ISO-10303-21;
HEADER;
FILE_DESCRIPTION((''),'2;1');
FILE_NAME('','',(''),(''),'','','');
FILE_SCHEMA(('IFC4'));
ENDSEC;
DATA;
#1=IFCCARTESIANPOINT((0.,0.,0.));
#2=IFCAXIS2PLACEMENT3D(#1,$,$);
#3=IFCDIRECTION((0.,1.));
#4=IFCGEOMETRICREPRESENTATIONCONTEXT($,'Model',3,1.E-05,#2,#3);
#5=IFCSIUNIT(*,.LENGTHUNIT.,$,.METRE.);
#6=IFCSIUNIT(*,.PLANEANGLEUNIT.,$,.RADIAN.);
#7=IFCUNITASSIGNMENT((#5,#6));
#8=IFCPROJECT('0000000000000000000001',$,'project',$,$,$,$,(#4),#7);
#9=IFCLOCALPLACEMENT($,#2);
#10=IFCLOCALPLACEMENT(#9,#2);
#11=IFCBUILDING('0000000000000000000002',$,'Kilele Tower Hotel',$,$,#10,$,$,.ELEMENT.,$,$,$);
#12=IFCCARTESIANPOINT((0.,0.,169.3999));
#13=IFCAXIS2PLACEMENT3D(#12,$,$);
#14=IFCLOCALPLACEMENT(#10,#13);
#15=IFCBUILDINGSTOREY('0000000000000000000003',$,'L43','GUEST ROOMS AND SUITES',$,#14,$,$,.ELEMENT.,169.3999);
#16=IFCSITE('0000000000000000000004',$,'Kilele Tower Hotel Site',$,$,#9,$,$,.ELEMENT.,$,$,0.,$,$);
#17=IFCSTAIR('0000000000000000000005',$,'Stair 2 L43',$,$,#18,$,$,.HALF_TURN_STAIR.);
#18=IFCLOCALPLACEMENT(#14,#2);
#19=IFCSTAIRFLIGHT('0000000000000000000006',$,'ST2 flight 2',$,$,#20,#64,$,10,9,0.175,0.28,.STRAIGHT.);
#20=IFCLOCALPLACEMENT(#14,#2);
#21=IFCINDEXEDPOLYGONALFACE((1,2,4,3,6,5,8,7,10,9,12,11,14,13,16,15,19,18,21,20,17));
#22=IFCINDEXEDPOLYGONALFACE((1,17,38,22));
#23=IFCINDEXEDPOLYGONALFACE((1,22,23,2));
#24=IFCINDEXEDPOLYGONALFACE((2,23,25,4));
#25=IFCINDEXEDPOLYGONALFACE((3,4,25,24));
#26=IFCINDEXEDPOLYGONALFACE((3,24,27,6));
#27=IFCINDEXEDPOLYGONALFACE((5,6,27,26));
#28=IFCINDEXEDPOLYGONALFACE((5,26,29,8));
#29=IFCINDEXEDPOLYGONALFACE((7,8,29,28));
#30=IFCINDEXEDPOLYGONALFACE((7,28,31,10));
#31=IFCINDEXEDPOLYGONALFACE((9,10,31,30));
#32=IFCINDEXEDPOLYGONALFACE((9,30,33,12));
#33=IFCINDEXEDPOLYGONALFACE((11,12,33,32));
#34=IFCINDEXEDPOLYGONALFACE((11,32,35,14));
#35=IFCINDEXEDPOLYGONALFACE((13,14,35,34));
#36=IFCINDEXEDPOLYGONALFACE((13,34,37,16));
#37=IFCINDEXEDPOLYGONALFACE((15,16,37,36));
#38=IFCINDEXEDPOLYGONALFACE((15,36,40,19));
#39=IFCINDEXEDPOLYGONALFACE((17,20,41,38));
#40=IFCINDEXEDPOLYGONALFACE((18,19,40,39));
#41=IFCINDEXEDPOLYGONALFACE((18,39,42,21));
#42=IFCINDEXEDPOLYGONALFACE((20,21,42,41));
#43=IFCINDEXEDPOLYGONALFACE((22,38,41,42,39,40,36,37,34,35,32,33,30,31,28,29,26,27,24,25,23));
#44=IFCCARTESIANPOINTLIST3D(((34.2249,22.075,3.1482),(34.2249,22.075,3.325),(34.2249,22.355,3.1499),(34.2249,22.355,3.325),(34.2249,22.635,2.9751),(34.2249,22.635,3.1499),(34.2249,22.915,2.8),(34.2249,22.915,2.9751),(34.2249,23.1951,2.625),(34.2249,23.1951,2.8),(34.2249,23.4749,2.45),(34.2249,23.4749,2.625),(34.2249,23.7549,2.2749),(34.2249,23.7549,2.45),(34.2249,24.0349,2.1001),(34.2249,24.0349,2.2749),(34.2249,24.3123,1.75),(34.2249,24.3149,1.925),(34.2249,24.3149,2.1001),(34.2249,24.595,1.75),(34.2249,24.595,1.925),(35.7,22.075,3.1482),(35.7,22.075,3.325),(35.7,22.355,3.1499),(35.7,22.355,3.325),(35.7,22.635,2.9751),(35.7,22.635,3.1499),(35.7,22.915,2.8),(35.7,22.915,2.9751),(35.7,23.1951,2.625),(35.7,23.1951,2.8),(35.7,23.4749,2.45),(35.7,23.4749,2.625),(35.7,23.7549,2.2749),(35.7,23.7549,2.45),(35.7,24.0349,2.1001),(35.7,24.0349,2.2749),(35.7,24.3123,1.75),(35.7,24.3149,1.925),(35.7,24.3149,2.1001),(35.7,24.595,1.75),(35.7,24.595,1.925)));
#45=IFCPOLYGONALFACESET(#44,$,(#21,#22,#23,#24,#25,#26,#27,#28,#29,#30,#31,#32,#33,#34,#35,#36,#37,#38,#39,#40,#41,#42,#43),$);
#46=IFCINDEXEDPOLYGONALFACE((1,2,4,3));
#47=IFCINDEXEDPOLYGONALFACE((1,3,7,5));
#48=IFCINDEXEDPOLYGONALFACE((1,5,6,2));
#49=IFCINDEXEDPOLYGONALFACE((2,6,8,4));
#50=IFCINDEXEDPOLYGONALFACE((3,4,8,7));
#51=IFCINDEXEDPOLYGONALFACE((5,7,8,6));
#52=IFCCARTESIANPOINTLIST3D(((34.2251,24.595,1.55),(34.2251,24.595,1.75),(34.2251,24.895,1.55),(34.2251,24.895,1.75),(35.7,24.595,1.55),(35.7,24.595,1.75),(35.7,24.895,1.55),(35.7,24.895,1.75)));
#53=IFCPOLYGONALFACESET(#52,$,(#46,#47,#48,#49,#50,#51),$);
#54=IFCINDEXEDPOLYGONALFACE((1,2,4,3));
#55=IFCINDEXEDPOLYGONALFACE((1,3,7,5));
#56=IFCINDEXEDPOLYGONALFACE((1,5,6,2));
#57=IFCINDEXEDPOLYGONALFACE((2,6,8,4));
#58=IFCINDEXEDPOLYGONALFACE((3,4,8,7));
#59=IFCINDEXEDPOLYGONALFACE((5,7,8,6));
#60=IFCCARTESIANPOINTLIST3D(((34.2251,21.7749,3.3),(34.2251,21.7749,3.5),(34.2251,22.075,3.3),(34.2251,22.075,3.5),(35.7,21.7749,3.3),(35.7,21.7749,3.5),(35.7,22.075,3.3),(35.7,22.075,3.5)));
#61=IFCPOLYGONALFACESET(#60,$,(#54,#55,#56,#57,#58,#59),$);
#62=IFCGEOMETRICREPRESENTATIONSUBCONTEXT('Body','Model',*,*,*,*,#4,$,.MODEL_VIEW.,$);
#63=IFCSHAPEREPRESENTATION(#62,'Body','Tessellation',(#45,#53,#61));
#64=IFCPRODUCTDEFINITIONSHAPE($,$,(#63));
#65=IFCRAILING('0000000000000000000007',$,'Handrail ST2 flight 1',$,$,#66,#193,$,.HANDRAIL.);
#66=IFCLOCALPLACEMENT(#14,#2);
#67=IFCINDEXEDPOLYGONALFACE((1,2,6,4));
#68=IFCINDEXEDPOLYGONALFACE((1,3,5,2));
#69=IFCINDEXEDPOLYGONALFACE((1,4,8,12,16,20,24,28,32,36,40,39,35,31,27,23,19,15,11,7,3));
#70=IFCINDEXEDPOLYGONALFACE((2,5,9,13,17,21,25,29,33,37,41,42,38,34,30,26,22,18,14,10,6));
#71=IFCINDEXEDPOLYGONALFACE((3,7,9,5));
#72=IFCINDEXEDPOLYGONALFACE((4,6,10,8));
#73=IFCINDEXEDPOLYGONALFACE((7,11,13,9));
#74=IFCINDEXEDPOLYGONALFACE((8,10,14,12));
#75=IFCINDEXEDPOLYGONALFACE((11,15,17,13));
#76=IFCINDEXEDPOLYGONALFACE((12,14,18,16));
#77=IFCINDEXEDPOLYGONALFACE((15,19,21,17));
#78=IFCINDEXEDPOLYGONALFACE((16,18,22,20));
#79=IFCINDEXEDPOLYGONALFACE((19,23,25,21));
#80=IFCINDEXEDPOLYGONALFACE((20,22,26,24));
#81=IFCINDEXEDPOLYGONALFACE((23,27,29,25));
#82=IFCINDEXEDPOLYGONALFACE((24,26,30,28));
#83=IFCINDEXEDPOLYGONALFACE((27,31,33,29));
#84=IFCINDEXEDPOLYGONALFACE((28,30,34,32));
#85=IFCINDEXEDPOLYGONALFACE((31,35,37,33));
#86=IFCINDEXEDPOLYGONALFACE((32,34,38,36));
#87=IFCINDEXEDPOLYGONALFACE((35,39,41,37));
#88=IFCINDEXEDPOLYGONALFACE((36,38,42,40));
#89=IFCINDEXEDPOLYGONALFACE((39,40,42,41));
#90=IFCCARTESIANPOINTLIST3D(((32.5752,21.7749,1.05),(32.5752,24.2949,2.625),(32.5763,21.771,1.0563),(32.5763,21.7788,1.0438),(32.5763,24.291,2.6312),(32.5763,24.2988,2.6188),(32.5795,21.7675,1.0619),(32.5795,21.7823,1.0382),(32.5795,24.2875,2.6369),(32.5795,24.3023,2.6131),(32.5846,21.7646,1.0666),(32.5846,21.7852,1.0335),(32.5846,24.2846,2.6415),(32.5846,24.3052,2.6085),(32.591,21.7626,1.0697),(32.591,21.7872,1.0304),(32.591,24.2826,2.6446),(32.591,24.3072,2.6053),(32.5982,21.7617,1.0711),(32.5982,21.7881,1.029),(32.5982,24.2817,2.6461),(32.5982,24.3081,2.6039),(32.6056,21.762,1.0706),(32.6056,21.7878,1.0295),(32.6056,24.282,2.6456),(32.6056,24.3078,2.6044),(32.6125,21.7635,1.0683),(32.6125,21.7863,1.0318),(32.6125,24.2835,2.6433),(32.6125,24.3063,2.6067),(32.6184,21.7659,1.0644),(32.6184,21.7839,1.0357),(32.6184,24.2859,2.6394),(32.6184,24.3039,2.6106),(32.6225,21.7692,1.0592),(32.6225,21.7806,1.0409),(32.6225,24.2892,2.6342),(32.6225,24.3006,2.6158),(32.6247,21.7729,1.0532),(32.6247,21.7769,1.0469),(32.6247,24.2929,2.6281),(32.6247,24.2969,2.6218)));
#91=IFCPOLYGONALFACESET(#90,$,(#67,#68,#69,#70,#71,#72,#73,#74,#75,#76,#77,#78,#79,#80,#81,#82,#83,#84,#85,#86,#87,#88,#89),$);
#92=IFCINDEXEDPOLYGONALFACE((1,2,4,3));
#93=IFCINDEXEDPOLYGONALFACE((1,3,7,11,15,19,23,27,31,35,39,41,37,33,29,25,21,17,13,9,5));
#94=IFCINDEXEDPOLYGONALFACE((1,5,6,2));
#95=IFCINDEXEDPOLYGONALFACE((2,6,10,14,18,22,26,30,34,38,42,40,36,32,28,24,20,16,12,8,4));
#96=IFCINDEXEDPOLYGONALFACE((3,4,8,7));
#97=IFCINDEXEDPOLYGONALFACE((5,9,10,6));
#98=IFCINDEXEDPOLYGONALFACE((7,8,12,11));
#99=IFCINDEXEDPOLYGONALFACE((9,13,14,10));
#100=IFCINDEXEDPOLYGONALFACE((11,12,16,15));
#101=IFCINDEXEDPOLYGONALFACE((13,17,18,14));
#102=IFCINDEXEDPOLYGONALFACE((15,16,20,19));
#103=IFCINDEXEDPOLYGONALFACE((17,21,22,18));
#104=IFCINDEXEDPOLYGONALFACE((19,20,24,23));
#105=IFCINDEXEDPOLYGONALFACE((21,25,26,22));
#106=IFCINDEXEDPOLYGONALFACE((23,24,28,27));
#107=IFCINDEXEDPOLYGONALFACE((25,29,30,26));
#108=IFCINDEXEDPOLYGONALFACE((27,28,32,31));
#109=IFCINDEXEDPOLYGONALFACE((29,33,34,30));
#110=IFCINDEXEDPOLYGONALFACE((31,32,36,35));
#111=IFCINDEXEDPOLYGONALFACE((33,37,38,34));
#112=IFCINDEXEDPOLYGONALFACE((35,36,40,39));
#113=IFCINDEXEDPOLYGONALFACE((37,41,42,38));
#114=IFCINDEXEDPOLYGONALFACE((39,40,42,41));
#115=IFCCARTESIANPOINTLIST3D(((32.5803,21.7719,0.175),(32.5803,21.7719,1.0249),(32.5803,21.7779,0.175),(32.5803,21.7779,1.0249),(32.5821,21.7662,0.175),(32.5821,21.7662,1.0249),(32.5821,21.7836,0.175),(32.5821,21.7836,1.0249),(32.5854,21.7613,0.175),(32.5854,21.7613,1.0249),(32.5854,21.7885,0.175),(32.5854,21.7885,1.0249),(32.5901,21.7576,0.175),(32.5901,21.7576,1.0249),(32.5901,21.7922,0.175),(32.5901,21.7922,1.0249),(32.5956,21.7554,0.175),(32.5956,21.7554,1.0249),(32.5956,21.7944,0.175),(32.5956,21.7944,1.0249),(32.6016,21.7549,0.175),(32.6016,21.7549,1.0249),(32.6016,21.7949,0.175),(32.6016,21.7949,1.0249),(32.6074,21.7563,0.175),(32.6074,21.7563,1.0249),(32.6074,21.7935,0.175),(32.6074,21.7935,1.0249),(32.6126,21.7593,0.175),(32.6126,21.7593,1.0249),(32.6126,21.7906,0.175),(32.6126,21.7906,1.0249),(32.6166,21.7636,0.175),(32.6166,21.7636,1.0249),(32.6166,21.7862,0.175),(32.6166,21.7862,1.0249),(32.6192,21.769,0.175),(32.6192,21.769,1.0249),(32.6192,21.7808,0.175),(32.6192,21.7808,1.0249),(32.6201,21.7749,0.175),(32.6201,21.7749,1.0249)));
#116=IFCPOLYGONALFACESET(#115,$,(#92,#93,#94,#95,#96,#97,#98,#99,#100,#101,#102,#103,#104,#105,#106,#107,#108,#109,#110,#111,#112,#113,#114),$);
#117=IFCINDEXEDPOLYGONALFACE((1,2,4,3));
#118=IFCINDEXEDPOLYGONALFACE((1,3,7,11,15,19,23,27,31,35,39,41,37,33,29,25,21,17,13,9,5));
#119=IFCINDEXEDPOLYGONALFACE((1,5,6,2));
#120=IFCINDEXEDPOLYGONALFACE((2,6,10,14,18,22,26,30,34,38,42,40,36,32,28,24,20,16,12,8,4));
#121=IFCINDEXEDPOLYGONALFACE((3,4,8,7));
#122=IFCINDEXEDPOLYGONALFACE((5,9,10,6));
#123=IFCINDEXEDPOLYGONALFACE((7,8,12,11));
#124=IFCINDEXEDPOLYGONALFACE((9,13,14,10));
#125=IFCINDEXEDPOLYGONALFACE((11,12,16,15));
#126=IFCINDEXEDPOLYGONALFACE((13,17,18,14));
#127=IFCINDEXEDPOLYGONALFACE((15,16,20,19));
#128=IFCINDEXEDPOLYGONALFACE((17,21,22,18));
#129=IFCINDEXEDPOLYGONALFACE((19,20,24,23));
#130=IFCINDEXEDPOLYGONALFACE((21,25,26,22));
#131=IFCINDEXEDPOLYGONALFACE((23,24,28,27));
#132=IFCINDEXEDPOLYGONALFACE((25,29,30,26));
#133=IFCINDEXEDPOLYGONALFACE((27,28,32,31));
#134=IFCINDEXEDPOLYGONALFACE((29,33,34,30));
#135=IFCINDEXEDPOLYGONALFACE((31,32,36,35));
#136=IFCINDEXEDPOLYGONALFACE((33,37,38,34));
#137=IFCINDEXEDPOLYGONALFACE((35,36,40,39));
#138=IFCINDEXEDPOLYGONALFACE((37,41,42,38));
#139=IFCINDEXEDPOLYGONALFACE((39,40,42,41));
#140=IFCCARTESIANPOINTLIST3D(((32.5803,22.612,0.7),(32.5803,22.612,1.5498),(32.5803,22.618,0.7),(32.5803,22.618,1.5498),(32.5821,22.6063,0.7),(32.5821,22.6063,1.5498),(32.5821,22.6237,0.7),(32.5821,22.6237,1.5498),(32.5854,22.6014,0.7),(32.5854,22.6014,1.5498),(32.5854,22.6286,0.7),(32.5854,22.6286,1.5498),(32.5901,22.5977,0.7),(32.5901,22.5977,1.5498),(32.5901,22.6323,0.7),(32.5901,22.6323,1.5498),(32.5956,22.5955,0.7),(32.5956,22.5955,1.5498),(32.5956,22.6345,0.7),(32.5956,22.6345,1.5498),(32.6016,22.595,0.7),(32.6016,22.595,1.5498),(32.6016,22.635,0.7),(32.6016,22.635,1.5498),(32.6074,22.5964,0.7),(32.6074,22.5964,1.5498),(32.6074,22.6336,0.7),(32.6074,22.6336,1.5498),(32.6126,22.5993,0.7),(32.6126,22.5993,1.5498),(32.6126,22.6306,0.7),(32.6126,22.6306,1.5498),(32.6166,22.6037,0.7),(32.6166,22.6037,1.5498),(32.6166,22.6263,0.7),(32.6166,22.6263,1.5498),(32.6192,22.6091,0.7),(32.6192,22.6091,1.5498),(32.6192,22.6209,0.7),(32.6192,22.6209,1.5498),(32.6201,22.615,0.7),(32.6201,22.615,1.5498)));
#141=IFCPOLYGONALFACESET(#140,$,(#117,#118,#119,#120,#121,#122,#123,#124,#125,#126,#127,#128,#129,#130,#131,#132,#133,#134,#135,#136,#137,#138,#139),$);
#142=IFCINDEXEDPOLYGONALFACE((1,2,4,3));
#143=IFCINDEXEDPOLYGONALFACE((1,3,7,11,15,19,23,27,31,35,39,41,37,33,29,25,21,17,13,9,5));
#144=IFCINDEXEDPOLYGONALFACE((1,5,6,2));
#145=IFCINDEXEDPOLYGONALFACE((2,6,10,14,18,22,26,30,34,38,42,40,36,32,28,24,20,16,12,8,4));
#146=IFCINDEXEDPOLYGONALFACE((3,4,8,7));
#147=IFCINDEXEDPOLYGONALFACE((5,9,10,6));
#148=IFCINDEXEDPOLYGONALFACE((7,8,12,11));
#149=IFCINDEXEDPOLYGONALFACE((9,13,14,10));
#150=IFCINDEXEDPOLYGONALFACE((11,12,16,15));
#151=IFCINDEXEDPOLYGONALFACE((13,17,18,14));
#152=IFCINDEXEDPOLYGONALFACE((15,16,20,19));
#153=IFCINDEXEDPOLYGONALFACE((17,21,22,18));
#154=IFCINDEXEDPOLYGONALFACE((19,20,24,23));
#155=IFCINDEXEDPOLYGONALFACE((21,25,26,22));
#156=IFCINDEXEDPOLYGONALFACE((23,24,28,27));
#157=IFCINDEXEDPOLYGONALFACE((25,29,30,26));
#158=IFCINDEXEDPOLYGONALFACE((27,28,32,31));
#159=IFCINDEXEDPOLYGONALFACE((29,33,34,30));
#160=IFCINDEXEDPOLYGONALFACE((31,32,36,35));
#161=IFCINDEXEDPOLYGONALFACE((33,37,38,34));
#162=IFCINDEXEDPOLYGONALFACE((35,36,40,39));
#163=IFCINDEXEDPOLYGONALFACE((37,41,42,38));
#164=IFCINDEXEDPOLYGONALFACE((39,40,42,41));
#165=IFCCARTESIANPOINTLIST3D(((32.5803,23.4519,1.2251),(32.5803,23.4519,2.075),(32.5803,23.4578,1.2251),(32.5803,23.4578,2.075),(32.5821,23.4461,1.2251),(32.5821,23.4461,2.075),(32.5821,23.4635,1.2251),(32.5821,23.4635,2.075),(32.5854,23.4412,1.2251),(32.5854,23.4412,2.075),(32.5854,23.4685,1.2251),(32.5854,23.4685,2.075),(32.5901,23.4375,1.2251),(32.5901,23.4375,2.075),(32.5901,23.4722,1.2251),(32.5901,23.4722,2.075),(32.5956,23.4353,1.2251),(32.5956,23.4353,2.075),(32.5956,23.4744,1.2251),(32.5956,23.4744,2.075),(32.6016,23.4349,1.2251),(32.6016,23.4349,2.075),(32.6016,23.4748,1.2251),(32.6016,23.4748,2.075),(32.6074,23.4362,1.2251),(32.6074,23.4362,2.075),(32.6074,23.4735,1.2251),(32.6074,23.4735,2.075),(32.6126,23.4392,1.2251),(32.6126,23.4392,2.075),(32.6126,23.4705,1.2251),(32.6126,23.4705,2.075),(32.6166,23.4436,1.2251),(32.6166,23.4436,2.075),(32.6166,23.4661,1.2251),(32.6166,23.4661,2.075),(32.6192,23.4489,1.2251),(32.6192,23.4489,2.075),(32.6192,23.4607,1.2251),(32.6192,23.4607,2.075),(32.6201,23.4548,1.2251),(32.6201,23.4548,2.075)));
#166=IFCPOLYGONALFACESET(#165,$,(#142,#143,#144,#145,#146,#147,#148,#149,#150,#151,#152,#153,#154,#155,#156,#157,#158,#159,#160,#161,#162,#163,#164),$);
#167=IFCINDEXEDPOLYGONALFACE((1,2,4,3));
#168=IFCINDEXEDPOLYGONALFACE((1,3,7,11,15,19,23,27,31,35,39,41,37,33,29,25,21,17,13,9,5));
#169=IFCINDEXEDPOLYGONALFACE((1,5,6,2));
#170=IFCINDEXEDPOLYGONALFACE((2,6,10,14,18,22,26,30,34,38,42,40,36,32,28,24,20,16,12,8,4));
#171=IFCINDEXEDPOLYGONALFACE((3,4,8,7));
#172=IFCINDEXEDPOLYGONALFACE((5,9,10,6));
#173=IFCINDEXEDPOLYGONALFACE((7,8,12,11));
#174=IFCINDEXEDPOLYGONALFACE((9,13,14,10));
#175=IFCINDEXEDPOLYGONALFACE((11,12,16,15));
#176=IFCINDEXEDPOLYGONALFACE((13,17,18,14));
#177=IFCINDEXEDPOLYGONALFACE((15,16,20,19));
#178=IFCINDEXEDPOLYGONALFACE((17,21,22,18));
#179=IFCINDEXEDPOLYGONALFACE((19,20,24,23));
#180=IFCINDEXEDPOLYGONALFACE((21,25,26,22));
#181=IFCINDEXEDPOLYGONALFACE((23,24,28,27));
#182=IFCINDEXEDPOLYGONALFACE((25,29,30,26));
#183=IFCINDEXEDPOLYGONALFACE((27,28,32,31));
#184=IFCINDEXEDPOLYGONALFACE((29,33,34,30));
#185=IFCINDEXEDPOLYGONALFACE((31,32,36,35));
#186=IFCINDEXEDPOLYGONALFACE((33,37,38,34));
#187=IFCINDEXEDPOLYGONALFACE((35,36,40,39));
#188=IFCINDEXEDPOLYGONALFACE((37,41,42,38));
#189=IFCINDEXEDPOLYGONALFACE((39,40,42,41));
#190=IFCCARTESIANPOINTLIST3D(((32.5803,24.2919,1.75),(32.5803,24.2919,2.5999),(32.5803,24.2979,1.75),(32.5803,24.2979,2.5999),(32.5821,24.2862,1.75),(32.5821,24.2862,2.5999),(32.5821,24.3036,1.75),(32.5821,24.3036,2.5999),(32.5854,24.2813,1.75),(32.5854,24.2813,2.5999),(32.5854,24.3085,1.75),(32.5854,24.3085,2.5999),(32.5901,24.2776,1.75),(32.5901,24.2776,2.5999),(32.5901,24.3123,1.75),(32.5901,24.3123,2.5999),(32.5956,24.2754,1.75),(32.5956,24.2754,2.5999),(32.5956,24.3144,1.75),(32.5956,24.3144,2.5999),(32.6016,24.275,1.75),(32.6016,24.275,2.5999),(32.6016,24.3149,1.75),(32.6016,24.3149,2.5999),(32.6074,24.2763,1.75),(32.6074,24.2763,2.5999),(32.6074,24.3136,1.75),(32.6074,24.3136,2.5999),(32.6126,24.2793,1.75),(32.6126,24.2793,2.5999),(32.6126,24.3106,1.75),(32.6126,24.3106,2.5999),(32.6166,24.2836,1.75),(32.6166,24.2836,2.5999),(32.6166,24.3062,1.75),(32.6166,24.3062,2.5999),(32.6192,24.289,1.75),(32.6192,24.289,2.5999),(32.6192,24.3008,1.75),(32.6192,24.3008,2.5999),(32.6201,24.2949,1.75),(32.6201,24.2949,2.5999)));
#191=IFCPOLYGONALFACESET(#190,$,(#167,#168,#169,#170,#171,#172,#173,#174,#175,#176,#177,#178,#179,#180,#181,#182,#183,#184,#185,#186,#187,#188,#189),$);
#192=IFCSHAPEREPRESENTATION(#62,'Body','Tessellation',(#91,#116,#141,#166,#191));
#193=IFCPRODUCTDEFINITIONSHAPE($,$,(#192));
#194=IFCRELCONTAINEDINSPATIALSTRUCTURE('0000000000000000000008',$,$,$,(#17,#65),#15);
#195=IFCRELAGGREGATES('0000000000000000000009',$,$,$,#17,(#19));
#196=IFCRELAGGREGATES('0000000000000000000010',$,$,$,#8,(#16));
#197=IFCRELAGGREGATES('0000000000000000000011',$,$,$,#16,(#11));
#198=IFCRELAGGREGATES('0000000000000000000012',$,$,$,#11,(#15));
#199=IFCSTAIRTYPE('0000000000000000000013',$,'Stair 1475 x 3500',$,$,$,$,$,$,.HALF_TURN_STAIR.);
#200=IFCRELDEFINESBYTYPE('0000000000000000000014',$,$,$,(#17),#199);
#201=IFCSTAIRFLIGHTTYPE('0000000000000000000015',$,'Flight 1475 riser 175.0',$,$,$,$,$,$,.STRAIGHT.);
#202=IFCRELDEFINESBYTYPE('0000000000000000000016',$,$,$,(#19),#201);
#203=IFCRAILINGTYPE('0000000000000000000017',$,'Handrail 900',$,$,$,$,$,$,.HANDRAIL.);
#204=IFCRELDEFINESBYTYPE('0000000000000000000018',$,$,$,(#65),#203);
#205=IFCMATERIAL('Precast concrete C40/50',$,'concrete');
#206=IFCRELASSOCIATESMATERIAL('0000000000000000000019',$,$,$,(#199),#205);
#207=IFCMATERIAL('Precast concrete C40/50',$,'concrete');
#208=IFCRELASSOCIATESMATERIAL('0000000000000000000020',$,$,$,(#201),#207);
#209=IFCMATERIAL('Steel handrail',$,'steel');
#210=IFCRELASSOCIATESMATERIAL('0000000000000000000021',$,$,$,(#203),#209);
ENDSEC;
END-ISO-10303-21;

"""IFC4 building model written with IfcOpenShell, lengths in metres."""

from ifc_helpers import new_model, si_unit, direction, frame, origin, origin_2d, place, context, subcontext, project, spatial, polyline, circle, outline, extrude, material, type_object, element, aggregate, save


model = new_model("IFC4")

# Units and contexts
model_context = context("Model", 3, precision=1e-05, world=origin(), true_north=direction((0.0, 1.0)))
body_context = subcontext(model_context, "Body", "Model", "MODEL_VIEW")
ifc_project = project(units=[si_unit("LENGTHUNIT", "METRE"), si_unit("PLANEANGLEUNIT", "RADIAN")], contexts=[model_context])

# Site, building, storey
site_placement = place(None, origin())
site = spatial("IfcSite", under=ifc_project, at=site_placement, Name="Kilele Tower Hotel Site", CompositionType="ELEMENT", RefElevation=0.0)
building_placement = place(site_placement, origin())
building = spatial("IfcBuilding", under=site, at=building_placement, Name="Kilele Tower Hotel", CompositionType="ELEMENT")
storey_placement = place(building_placement, frame((0.0, 0.0, 169.3999)))
storey = spatial("IfcBuildingStorey", under=building, at=storey_placement, Name="L43", Description="GUEST ROOMS AND SUITES", CompositionType="ELEMENT", Elevation=169.3999)

# Stair, stair flight
ifc_material_1 = material(Name="Precast concrete C40/50", Category="concrete")
stair_type = type_object("IfcStairType", Name="Stair 1475 x 3500", PredefinedType="HALF_TURN_STAIR", material=ifc_material_1)
stair_placement = place(storey_placement, origin())
stair = element("IfcStair", 1, at=stair_placement, inside=storey, type_object=stair_type, Name="Stair 2 L43", PredefinedType="HALF_TURN_STAIR")
ifc_material_2 = material(Name="Precast concrete C40/50", Category="concrete")
stair_flight_type = type_object("IfcStairFlightType", Name="Flight 1475 riser 175.0", PredefinedType="STRAIGHT", material=ifc_material_2)
stair_flight_1_placement = place(storey_placement, frame((34.9624, 24.595, 1.75), z_axis=(0.0, 0.0, 1.0), x_axis=(0.0, -1.0, 0.0)))
stair_flight_1 = element("IfcStairFlight", 2, at=stair_flight_1_placement, type_object=stair_flight_type, Name="ST2 flight 2", NumberOfRisers=10, NumberOfTreads=9, PredefinedType="STRAIGHT", RiserHeight=0.175, TreadLength=0.28, context=body_context, shape_type="SweptSolid", body=[
    extrude(outline(polyline([(0.0, 0.0), (0.0, 0.175), (0.28, 0.175), (0.28, 0.3501), (0.5601, 0.3501), (0.5601, 0.5249), (0.8401, 0.5249), (0.8401, 0.7), (1.1201, 0.7), (1.1201, 0.875), (1.3999, 0.875), (1.3999, 1.05), (1.6799, 1.05), (1.6799, 1.2251), (1.96, 1.2251), (1.96, 1.3999), (2.24, 1.3999), (2.24, 1.575), (2.52, 1.575), (2.52, 1.75), (2.52, 1.3982), (0.2827, 0.0), (0.0, 0.0)])), frame((0.0, 0.7375, 0.0), z_axis=(0.0, -1.0, 0.0), x_axis=(1.0, 0.0, 0.0)), (0.0, 0.0, 1.0), 1.4751),
    extrude(outline(polyline([(0.0, -0.7373), (0.0, 0.7375), (-0.3, 0.7375), (-0.3, -0.7373), (0.0, -0.7373)])), frame((0.0, 0.0, -0.2)), (0.0, 0.0, 1.0), 0.2),
    extrude(outline(polyline([(2.8201, -0.7373), (2.8201, 0.7375), (2.52, 0.7375), (2.52, -0.7373), (2.8201, -0.7373)])), frame((0.0, 0.0, 1.55)), (0.0, 0.0, 1.0), 0.2),
])
aggregate(stair, [stair_flight_1])

# Railing
ifc_material_3 = material(Name="Steel handrail", Category="steel")
railing_type_1 = type_object("IfcRailingType", Name="Handrail 900", PredefinedType="HANDRAIL", material=ifc_material_3)
for number, where, name in (
    (3, (32.6001, 21.7749, 0.175), "Handrail ST2 flight 1"),
):
    element("IfcRailing", number, at=place(storey_placement, frame(where)), inside=storey, type_object=railing_type_1, Name=name, PredefinedType="HANDRAIL", context=body_context, shape_type="SweptSolid", body=[
        extrude(circle(Radius=0.0249, at=origin_2d()), frame((0.0, 0.0, 0.875), z_axis=(0.0, 0.848008, 0.529984), x_axis=(-1.0, 0.0, 0.0)), (0.0, 0.0, 1.0), 2.9717),
        extrude(circle(Radius=0.02, at=origin_2d()), origin(), (0.0, 0.0, 1.0), 0.8499),
        extrude(circle(Radius=0.02, at=origin_2d()), frame((0.0, 0.8401, 0.5249)), (0.0, 0.0, 1.0), 0.8499),
        extrude(circle(Radius=0.02, at=origin_2d()), frame((0.0, 1.6799, 1.05)), (0.0, 0.0, 1.0), 0.8499),
        extrude(circle(Radius=0.02, at=origin_2d()), frame((0.0, 2.52, 1.575)), (0.0, 0.0, 1.0), 0.8499),
    ])

save(model, "model.ifc")
